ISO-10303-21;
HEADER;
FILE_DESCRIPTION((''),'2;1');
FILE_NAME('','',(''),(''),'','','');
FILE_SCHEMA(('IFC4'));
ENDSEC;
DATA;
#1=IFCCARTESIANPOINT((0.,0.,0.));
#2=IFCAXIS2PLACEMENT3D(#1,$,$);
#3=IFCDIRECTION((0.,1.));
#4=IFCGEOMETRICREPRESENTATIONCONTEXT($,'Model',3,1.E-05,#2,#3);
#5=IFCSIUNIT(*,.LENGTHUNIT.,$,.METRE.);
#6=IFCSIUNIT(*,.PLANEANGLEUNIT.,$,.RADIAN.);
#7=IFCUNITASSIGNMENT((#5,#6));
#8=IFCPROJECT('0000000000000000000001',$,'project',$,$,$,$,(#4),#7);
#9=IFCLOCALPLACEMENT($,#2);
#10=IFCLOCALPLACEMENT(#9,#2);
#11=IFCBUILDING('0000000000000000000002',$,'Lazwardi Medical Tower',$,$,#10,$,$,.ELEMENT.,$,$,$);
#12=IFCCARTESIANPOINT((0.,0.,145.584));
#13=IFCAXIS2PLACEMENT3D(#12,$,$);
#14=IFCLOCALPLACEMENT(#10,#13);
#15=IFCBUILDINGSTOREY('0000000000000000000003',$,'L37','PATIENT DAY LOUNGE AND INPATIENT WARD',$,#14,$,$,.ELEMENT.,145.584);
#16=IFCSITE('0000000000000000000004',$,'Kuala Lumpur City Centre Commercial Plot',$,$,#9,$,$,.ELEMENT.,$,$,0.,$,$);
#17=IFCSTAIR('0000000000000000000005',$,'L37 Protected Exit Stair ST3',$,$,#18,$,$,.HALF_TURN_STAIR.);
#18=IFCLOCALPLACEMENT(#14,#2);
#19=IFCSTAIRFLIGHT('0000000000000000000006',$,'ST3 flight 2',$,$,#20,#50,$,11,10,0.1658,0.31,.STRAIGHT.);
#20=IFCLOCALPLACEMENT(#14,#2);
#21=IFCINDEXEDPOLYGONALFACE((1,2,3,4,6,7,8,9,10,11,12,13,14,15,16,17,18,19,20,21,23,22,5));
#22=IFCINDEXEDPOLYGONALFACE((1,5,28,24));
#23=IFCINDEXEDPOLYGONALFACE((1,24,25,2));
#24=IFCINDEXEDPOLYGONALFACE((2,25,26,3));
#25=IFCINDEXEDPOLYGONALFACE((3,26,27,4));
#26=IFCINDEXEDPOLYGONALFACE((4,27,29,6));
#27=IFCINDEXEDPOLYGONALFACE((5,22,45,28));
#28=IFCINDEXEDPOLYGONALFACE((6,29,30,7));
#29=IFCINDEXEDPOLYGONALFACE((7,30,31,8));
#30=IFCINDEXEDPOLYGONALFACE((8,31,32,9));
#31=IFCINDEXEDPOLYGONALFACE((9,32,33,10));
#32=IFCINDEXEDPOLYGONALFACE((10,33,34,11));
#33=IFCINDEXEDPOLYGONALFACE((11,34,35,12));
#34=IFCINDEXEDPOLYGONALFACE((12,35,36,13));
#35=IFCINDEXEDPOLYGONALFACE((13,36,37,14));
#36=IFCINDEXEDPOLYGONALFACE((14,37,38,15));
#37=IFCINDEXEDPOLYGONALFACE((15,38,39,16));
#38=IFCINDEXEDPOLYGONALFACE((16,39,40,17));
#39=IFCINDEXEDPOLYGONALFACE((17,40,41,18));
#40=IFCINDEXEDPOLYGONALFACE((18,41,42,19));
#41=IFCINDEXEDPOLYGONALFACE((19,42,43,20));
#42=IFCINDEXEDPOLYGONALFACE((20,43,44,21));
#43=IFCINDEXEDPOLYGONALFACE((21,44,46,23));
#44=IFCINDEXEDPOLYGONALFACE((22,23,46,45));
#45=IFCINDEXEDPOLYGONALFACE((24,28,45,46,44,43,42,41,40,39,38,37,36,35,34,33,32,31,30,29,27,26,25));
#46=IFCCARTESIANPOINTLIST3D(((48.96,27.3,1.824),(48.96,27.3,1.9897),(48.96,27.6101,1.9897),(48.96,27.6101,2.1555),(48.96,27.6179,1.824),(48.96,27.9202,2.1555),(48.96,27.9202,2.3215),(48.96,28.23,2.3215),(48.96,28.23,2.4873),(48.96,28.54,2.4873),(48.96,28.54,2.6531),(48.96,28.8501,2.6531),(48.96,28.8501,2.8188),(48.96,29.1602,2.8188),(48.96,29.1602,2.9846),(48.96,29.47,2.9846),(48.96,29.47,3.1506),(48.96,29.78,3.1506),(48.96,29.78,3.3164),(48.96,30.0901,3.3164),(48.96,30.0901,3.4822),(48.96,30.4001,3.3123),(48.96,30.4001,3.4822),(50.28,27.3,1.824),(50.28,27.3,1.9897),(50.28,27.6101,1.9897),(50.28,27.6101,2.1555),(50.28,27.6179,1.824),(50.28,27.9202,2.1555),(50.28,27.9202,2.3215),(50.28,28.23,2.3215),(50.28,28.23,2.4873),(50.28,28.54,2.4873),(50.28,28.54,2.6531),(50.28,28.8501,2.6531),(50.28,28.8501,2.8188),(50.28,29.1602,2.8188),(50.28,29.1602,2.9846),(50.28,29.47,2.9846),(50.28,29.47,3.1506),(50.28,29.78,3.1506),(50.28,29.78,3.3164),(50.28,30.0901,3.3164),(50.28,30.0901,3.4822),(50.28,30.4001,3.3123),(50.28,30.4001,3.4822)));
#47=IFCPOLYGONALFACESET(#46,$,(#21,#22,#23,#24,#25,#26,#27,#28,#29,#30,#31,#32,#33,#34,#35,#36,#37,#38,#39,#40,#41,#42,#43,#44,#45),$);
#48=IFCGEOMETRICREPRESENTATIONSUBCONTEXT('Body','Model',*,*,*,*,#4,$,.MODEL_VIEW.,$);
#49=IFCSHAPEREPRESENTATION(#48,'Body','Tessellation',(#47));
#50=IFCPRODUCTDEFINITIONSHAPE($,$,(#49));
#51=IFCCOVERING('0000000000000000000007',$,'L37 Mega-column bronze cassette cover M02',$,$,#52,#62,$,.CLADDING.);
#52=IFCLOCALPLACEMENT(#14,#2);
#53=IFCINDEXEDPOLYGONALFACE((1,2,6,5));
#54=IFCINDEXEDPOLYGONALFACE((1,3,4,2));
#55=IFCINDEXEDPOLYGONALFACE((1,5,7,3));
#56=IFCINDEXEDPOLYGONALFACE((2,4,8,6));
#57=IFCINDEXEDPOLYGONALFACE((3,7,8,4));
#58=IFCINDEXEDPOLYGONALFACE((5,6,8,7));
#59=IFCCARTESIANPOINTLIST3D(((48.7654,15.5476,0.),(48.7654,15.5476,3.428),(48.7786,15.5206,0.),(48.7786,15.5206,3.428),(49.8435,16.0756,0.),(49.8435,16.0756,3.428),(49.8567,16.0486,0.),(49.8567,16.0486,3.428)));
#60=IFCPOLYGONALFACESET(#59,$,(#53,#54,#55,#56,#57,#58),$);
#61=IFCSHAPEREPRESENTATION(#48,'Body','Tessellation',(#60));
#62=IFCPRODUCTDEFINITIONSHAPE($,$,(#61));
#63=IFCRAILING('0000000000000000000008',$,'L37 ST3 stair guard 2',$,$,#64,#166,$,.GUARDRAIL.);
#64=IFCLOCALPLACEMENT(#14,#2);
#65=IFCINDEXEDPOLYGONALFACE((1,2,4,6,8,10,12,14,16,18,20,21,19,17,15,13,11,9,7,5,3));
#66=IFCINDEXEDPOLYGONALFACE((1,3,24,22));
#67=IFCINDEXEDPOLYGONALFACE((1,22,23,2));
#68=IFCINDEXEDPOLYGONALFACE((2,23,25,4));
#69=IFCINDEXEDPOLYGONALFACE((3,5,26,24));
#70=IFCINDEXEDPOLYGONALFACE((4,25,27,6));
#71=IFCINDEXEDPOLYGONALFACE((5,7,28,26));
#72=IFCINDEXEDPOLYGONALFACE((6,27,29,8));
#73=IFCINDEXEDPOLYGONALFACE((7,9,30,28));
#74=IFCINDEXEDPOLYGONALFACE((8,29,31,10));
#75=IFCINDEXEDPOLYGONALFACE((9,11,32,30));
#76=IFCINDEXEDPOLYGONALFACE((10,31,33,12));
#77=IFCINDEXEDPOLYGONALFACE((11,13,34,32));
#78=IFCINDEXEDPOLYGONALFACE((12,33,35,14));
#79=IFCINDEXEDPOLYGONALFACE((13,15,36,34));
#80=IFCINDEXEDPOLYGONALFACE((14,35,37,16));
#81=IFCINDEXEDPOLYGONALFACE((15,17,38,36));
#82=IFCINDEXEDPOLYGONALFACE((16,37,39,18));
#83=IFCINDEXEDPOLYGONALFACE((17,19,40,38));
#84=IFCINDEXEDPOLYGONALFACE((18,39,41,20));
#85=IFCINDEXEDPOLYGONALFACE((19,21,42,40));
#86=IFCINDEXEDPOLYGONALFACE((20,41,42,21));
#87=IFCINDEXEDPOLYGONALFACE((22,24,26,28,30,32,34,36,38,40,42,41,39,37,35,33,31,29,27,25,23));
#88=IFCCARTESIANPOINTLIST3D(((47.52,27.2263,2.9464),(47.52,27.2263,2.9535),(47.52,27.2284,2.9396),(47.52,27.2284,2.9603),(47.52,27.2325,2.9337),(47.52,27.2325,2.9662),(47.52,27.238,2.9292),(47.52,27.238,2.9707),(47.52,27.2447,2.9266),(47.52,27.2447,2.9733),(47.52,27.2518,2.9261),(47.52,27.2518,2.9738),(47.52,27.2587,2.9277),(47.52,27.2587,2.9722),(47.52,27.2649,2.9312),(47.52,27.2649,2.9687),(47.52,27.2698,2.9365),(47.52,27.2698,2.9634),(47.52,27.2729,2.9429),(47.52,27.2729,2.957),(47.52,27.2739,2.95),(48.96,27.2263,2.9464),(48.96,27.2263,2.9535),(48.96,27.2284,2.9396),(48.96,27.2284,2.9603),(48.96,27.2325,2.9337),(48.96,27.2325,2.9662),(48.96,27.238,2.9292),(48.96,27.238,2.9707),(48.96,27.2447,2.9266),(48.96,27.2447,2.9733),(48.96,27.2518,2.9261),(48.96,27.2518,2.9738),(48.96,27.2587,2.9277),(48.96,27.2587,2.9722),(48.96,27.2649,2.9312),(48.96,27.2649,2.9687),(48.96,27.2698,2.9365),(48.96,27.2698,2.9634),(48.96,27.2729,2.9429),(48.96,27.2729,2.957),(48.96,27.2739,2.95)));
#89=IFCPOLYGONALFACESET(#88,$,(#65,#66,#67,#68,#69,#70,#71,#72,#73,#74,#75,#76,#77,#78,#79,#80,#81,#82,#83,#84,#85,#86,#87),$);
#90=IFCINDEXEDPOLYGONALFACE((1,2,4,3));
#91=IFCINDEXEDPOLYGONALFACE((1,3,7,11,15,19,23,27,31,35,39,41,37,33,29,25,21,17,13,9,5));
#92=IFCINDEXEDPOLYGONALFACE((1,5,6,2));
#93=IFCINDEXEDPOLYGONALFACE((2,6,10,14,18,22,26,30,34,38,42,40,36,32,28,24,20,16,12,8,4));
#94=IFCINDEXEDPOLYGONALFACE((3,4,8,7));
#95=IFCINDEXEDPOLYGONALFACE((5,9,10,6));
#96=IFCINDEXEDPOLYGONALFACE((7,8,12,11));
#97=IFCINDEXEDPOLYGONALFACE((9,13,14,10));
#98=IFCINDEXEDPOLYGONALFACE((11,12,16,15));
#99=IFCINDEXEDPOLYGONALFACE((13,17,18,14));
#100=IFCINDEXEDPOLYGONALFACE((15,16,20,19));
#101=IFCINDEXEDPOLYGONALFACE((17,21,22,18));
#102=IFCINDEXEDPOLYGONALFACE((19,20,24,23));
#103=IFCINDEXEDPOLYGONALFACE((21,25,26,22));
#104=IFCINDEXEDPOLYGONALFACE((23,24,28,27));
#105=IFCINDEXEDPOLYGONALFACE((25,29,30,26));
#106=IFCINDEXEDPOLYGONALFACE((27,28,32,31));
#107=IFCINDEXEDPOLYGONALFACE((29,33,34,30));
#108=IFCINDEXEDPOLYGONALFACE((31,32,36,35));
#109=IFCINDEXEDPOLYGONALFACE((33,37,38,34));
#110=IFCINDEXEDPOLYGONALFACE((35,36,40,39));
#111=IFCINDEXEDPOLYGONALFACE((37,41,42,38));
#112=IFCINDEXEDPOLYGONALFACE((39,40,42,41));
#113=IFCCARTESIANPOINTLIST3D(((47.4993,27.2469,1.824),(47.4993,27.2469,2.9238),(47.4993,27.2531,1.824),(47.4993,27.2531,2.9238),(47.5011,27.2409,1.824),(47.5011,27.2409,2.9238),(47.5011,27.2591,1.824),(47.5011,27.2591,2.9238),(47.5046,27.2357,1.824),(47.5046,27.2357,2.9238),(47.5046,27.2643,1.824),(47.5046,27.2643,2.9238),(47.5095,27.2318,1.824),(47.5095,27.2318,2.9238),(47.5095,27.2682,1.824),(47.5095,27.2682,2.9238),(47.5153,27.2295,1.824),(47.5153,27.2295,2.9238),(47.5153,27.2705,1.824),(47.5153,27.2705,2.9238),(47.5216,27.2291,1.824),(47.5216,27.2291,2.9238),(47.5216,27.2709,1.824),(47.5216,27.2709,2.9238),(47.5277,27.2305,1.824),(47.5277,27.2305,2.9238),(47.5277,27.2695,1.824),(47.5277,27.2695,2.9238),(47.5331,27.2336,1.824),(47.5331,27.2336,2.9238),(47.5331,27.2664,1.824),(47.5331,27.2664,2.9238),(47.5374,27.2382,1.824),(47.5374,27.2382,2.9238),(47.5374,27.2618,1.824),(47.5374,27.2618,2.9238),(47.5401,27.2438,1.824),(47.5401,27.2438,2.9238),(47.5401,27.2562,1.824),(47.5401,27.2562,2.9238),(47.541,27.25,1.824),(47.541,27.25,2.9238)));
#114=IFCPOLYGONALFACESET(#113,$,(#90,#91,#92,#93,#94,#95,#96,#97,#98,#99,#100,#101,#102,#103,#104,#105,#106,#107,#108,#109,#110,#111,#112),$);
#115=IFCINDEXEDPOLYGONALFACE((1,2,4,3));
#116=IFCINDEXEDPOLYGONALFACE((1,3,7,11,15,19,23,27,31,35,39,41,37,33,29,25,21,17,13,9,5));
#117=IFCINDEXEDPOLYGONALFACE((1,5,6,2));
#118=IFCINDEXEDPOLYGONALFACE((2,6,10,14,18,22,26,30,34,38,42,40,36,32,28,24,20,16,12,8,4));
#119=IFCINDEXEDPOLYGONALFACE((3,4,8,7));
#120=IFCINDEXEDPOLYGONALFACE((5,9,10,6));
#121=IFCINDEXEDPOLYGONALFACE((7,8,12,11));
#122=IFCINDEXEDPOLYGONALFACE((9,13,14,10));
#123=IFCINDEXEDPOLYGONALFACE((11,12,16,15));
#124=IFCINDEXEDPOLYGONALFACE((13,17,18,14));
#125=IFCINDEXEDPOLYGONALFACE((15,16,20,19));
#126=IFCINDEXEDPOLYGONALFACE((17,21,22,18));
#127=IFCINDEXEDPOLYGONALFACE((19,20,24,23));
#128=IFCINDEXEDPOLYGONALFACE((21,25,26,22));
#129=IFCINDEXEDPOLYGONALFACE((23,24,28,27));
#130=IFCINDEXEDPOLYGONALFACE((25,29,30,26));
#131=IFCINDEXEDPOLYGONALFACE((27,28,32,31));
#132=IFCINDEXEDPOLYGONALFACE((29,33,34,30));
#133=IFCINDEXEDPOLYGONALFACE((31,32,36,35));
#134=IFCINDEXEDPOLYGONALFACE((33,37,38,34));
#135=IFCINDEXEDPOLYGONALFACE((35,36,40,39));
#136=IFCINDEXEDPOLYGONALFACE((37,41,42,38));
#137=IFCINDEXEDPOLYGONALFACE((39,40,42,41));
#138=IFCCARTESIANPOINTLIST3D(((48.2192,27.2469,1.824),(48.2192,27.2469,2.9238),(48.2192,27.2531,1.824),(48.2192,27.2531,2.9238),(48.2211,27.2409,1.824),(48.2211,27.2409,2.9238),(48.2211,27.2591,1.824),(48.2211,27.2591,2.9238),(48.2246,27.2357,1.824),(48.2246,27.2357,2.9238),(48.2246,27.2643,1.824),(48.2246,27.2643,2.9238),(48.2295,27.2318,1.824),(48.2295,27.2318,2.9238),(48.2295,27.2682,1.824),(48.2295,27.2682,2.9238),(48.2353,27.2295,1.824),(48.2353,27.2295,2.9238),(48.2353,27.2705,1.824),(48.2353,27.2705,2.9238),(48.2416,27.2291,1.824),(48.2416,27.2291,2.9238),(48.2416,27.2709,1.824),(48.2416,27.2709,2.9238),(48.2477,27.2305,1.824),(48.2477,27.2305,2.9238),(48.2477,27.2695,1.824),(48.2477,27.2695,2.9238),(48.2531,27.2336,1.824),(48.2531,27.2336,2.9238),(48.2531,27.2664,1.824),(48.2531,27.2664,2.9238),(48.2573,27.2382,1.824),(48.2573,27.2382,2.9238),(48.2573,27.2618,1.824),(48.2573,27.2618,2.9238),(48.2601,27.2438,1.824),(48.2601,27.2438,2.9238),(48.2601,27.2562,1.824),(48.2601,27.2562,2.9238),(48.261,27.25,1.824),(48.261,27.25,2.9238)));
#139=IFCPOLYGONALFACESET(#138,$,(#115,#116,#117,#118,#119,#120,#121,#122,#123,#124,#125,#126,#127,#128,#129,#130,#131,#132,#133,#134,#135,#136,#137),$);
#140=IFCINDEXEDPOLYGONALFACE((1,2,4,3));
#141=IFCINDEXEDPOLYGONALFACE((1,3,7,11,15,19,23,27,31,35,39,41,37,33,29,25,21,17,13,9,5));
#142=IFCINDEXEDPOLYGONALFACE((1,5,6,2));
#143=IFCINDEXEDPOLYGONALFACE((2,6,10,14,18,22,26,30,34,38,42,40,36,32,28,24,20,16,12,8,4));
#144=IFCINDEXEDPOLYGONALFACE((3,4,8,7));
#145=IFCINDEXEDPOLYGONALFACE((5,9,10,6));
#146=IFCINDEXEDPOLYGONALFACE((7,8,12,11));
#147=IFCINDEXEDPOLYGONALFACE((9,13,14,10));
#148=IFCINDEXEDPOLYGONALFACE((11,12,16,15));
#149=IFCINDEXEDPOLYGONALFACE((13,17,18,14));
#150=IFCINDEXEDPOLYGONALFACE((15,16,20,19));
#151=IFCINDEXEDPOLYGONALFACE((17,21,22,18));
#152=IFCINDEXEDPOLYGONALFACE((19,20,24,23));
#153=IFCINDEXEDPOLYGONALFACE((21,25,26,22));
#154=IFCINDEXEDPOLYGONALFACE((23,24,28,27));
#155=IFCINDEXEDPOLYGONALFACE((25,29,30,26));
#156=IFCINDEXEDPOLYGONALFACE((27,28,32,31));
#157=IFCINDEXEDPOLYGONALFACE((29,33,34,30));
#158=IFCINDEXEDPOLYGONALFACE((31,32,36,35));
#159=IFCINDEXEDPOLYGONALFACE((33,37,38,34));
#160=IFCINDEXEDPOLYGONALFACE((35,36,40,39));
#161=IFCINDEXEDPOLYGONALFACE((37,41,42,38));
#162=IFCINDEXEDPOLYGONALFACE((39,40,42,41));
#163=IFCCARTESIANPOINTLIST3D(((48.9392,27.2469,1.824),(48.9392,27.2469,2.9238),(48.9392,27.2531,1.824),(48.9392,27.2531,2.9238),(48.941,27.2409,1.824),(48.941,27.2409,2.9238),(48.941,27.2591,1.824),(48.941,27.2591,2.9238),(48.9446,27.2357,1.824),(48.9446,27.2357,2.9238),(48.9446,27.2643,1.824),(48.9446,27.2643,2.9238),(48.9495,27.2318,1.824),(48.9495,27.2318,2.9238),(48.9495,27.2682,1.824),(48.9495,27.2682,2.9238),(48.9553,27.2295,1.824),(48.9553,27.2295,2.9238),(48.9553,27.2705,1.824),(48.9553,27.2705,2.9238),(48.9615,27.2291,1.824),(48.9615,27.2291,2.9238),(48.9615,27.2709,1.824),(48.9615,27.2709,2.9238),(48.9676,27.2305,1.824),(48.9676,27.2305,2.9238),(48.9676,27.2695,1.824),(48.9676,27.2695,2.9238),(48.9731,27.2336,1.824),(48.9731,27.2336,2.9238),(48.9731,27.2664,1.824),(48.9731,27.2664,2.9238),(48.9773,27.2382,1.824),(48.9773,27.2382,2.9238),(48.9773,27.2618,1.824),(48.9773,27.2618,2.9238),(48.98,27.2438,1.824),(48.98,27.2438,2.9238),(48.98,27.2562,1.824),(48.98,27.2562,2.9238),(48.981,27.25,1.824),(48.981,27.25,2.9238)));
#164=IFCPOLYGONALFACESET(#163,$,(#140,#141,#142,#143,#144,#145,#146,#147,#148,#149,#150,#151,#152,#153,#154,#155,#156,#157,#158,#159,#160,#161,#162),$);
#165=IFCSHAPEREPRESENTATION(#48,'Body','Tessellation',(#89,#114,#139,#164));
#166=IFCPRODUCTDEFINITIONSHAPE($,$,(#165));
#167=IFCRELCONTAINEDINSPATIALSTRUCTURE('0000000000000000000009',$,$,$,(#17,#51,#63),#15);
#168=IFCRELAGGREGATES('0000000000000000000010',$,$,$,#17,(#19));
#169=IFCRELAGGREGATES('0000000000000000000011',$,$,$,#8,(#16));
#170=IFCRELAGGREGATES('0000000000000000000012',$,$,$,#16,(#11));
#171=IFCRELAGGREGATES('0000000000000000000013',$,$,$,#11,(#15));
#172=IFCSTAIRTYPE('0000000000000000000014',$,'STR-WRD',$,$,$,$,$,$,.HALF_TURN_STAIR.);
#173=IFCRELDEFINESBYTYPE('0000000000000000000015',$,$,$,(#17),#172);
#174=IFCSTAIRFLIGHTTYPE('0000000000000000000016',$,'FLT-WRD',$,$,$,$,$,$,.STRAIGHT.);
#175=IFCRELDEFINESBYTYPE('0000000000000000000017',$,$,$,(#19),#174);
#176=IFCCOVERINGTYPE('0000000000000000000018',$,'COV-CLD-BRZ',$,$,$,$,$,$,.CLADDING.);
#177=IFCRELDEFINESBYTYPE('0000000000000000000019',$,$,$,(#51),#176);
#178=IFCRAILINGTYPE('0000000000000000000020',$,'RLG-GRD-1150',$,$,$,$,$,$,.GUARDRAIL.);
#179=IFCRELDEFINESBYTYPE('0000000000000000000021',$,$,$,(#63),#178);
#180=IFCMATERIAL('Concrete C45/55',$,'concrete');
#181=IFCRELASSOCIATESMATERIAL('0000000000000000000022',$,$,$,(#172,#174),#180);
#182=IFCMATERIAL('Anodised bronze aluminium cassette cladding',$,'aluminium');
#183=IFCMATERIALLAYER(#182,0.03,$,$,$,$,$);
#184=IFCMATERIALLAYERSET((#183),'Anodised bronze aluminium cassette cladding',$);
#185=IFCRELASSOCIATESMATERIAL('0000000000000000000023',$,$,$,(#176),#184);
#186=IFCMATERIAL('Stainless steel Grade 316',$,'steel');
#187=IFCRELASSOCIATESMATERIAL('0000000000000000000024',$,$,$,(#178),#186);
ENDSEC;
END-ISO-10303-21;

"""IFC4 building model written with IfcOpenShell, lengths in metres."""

from ifc_helpers import new_model, si_unit, direction, frame, origin, origin_2d, place, context, subcontext, project, spatial, polyline, rectangle, circle, outline, extrude, material, layer, layer_set, type_object, element, aggregate, save


model = new_model("IFC4")

# Units and contexts
model_context = context("Model", 3, precision=1e-05, world=origin(), true_north=direction((0.0, 1.0)))
body_context = subcontext(model_context, "Body", "Model", "MODEL_VIEW")
ifc_project = project(units=[si_unit("LENGTHUNIT", "METRE"), si_unit("PLANEANGLEUNIT", "RADIAN")], contexts=[model_context])

# Site, building, storey
site_placement = place(None, origin())
site = spatial("IfcSite", under=ifc_project, at=site_placement, Name="Kuala Lumpur City Centre Commercial Plot", CompositionType="ELEMENT", RefElevation=0.0)
building_placement = place(site_placement, origin())
building = spatial("IfcBuilding", under=site, at=building_placement, Name="Lazwardi Medical Tower", CompositionType="ELEMENT")
storey_placement = place(building_placement, frame((0.0, 0.0, 145.584)))
storey = spatial("IfcBuildingStorey", under=building, at=storey_placement, Name="L37", Description="PATIENT DAY LOUNGE AND INPATIENT WARD", CompositionType="ELEMENT", Elevation=145.584)

# Stair, stair flight
ifc_material_1 = material(Name="Concrete C45/55", Category="concrete")
stair_type = type_object("IfcStairType", Name="STR-WRD", PredefinedType="HALF_TURN_STAIR", material=ifc_material_1)
stair_placement = place(storey_placement, origin())
stair = element("IfcStair", 1, at=stair_placement, inside=storey, type_object=stair_type, Name="L37 Protected Exit Stair ST3", PredefinedType="HALF_TURN_STAIR")
stair_flight_type = type_object("IfcStairFlightType", Name="FLT-WRD", PredefinedType="STRAIGHT", material=ifc_material_1)
stair_flight_placement = place(storey_placement, frame((49.6201, 27.3, 1.824), z_axis=(0.0, 0.0, 1.0), x_axis=(0.0, 1.0, 0.0)))
stair_flight = element("IfcStairFlight", 2, at=stair_flight_placement, type_object=stair_flight_type, Name="ST3 flight 2", NumberOfRisers=11, NumberOfTreads=10, PredefinedType="STRAIGHT", RiserHeight=0.1658, TreadLength=0.31, context=body_context, shape_type="SweptSolid", body=[
    extrude(outline(polyline([(0.0, 0.0), (0.0, 0.1658), (0.3101, 0.1658), (0.3101, 0.3315), (0.6201, 0.3315), (0.6201, 0.4976), (0.9299, 0.4976), (0.9299, 0.6633), (1.24, 0.6633), (1.24, 0.8291), (1.55, 0.8291), (1.55, 0.9949), (1.8601, 0.9949), (1.8601, 1.1606), (2.1699, 1.1606), (2.1699, 1.3267), (2.48, 1.3267), (2.48, 1.4924), (2.79, 1.4924), (2.79, 1.6582), (3.1001, 1.6582), (3.1001, 1.824), (3.1001, 1.4883), (0.3179, 0.0), (0.0, 0.0)])), frame((0.0, 0.6602, 0.0), z_axis=(0.0, -1.0, 0.0), x_axis=(1.0, 0.0, 0.0)), (0.0, 0.0, 1.0), 1.3201),
])
aggregate(stair, [stair_flight])

# Covering
ifc_material_2 = material(Name="Anodised bronze aluminium cassette cladding", Category="aluminium")
ifc_layer_1 = layer(ifc_material_2, 0.03)
ifc_layer_set_1 = layer_set([ifc_layer_1], Name="Anodised bronze aluminium cassette cladding")
covering_type = type_object("IfcCoveringType", Name="COV-CLD-BRZ", PredefinedType="CLADDING", material=ifc_layer_set_1)
covering_placement = place(storey_placement, frame((49.311, 15.7981, 0.0), z_axis=(0.0, 0.0, 1.0), x_axis=(0.898079, 0.439834, 0.0)))
element("IfcCovering", 3, at=covering_placement, inside=storey, type_object=covering_type, Name="L37 Mega-column bronze cassette cover M02", PredefinedType="CLADDING", context=body_context, shape_type="SweptSolid", body=[
    extrude(rectangle(XDim=1.2004, YDim=0.03, at=origin_2d()), origin(), (0.0, 0.0, 1.0), 3.428),
])

# Railing
ifc_material_3 = material(Name="Stainless steel Grade 316", Category="steel")
railing_type_1 = type_object("IfcRailingType", Name="RLG-GRD-1150", PredefinedType="GUARDRAIL", material=ifc_material_3)
railing_1_placement = place(storey_placement, frame((47.52, 27.25, 1.824)))
element("IfcRailing", 4, at=railing_1_placement, inside=storey, type_object=railing_type_1, Name="L37 ST3 stair guard 2", PredefinedType="GUARDRAIL", context=body_context, shape_type="SweptSolid", body=[
    extrude(circle(Radius=0.0239, at=origin_2d()), frame((0.0, 0.0, 1.126), z_axis=(1.0, 0.0, 0.0), x_axis=(0.0, 1.0, 0.0)), (0.0, 0.0, 1.0), 1.4399),
    extrude(circle(Radius=0.021, at=origin_2d()), origin(), (0.0, 0.0, 1.0), 1.0999),
    extrude(circle(Radius=0.021, at=origin_2d()), frame((0.72, 0.0, 0.0)), (0.0, 0.0, 1.0), 1.0999),
    extrude(circle(Radius=0.021, at=origin_2d()), frame((1.4399, 0.0, 0.0)), (0.0, 0.0, 1.0), 1.0999),
])

save(model, "model.ifc")
